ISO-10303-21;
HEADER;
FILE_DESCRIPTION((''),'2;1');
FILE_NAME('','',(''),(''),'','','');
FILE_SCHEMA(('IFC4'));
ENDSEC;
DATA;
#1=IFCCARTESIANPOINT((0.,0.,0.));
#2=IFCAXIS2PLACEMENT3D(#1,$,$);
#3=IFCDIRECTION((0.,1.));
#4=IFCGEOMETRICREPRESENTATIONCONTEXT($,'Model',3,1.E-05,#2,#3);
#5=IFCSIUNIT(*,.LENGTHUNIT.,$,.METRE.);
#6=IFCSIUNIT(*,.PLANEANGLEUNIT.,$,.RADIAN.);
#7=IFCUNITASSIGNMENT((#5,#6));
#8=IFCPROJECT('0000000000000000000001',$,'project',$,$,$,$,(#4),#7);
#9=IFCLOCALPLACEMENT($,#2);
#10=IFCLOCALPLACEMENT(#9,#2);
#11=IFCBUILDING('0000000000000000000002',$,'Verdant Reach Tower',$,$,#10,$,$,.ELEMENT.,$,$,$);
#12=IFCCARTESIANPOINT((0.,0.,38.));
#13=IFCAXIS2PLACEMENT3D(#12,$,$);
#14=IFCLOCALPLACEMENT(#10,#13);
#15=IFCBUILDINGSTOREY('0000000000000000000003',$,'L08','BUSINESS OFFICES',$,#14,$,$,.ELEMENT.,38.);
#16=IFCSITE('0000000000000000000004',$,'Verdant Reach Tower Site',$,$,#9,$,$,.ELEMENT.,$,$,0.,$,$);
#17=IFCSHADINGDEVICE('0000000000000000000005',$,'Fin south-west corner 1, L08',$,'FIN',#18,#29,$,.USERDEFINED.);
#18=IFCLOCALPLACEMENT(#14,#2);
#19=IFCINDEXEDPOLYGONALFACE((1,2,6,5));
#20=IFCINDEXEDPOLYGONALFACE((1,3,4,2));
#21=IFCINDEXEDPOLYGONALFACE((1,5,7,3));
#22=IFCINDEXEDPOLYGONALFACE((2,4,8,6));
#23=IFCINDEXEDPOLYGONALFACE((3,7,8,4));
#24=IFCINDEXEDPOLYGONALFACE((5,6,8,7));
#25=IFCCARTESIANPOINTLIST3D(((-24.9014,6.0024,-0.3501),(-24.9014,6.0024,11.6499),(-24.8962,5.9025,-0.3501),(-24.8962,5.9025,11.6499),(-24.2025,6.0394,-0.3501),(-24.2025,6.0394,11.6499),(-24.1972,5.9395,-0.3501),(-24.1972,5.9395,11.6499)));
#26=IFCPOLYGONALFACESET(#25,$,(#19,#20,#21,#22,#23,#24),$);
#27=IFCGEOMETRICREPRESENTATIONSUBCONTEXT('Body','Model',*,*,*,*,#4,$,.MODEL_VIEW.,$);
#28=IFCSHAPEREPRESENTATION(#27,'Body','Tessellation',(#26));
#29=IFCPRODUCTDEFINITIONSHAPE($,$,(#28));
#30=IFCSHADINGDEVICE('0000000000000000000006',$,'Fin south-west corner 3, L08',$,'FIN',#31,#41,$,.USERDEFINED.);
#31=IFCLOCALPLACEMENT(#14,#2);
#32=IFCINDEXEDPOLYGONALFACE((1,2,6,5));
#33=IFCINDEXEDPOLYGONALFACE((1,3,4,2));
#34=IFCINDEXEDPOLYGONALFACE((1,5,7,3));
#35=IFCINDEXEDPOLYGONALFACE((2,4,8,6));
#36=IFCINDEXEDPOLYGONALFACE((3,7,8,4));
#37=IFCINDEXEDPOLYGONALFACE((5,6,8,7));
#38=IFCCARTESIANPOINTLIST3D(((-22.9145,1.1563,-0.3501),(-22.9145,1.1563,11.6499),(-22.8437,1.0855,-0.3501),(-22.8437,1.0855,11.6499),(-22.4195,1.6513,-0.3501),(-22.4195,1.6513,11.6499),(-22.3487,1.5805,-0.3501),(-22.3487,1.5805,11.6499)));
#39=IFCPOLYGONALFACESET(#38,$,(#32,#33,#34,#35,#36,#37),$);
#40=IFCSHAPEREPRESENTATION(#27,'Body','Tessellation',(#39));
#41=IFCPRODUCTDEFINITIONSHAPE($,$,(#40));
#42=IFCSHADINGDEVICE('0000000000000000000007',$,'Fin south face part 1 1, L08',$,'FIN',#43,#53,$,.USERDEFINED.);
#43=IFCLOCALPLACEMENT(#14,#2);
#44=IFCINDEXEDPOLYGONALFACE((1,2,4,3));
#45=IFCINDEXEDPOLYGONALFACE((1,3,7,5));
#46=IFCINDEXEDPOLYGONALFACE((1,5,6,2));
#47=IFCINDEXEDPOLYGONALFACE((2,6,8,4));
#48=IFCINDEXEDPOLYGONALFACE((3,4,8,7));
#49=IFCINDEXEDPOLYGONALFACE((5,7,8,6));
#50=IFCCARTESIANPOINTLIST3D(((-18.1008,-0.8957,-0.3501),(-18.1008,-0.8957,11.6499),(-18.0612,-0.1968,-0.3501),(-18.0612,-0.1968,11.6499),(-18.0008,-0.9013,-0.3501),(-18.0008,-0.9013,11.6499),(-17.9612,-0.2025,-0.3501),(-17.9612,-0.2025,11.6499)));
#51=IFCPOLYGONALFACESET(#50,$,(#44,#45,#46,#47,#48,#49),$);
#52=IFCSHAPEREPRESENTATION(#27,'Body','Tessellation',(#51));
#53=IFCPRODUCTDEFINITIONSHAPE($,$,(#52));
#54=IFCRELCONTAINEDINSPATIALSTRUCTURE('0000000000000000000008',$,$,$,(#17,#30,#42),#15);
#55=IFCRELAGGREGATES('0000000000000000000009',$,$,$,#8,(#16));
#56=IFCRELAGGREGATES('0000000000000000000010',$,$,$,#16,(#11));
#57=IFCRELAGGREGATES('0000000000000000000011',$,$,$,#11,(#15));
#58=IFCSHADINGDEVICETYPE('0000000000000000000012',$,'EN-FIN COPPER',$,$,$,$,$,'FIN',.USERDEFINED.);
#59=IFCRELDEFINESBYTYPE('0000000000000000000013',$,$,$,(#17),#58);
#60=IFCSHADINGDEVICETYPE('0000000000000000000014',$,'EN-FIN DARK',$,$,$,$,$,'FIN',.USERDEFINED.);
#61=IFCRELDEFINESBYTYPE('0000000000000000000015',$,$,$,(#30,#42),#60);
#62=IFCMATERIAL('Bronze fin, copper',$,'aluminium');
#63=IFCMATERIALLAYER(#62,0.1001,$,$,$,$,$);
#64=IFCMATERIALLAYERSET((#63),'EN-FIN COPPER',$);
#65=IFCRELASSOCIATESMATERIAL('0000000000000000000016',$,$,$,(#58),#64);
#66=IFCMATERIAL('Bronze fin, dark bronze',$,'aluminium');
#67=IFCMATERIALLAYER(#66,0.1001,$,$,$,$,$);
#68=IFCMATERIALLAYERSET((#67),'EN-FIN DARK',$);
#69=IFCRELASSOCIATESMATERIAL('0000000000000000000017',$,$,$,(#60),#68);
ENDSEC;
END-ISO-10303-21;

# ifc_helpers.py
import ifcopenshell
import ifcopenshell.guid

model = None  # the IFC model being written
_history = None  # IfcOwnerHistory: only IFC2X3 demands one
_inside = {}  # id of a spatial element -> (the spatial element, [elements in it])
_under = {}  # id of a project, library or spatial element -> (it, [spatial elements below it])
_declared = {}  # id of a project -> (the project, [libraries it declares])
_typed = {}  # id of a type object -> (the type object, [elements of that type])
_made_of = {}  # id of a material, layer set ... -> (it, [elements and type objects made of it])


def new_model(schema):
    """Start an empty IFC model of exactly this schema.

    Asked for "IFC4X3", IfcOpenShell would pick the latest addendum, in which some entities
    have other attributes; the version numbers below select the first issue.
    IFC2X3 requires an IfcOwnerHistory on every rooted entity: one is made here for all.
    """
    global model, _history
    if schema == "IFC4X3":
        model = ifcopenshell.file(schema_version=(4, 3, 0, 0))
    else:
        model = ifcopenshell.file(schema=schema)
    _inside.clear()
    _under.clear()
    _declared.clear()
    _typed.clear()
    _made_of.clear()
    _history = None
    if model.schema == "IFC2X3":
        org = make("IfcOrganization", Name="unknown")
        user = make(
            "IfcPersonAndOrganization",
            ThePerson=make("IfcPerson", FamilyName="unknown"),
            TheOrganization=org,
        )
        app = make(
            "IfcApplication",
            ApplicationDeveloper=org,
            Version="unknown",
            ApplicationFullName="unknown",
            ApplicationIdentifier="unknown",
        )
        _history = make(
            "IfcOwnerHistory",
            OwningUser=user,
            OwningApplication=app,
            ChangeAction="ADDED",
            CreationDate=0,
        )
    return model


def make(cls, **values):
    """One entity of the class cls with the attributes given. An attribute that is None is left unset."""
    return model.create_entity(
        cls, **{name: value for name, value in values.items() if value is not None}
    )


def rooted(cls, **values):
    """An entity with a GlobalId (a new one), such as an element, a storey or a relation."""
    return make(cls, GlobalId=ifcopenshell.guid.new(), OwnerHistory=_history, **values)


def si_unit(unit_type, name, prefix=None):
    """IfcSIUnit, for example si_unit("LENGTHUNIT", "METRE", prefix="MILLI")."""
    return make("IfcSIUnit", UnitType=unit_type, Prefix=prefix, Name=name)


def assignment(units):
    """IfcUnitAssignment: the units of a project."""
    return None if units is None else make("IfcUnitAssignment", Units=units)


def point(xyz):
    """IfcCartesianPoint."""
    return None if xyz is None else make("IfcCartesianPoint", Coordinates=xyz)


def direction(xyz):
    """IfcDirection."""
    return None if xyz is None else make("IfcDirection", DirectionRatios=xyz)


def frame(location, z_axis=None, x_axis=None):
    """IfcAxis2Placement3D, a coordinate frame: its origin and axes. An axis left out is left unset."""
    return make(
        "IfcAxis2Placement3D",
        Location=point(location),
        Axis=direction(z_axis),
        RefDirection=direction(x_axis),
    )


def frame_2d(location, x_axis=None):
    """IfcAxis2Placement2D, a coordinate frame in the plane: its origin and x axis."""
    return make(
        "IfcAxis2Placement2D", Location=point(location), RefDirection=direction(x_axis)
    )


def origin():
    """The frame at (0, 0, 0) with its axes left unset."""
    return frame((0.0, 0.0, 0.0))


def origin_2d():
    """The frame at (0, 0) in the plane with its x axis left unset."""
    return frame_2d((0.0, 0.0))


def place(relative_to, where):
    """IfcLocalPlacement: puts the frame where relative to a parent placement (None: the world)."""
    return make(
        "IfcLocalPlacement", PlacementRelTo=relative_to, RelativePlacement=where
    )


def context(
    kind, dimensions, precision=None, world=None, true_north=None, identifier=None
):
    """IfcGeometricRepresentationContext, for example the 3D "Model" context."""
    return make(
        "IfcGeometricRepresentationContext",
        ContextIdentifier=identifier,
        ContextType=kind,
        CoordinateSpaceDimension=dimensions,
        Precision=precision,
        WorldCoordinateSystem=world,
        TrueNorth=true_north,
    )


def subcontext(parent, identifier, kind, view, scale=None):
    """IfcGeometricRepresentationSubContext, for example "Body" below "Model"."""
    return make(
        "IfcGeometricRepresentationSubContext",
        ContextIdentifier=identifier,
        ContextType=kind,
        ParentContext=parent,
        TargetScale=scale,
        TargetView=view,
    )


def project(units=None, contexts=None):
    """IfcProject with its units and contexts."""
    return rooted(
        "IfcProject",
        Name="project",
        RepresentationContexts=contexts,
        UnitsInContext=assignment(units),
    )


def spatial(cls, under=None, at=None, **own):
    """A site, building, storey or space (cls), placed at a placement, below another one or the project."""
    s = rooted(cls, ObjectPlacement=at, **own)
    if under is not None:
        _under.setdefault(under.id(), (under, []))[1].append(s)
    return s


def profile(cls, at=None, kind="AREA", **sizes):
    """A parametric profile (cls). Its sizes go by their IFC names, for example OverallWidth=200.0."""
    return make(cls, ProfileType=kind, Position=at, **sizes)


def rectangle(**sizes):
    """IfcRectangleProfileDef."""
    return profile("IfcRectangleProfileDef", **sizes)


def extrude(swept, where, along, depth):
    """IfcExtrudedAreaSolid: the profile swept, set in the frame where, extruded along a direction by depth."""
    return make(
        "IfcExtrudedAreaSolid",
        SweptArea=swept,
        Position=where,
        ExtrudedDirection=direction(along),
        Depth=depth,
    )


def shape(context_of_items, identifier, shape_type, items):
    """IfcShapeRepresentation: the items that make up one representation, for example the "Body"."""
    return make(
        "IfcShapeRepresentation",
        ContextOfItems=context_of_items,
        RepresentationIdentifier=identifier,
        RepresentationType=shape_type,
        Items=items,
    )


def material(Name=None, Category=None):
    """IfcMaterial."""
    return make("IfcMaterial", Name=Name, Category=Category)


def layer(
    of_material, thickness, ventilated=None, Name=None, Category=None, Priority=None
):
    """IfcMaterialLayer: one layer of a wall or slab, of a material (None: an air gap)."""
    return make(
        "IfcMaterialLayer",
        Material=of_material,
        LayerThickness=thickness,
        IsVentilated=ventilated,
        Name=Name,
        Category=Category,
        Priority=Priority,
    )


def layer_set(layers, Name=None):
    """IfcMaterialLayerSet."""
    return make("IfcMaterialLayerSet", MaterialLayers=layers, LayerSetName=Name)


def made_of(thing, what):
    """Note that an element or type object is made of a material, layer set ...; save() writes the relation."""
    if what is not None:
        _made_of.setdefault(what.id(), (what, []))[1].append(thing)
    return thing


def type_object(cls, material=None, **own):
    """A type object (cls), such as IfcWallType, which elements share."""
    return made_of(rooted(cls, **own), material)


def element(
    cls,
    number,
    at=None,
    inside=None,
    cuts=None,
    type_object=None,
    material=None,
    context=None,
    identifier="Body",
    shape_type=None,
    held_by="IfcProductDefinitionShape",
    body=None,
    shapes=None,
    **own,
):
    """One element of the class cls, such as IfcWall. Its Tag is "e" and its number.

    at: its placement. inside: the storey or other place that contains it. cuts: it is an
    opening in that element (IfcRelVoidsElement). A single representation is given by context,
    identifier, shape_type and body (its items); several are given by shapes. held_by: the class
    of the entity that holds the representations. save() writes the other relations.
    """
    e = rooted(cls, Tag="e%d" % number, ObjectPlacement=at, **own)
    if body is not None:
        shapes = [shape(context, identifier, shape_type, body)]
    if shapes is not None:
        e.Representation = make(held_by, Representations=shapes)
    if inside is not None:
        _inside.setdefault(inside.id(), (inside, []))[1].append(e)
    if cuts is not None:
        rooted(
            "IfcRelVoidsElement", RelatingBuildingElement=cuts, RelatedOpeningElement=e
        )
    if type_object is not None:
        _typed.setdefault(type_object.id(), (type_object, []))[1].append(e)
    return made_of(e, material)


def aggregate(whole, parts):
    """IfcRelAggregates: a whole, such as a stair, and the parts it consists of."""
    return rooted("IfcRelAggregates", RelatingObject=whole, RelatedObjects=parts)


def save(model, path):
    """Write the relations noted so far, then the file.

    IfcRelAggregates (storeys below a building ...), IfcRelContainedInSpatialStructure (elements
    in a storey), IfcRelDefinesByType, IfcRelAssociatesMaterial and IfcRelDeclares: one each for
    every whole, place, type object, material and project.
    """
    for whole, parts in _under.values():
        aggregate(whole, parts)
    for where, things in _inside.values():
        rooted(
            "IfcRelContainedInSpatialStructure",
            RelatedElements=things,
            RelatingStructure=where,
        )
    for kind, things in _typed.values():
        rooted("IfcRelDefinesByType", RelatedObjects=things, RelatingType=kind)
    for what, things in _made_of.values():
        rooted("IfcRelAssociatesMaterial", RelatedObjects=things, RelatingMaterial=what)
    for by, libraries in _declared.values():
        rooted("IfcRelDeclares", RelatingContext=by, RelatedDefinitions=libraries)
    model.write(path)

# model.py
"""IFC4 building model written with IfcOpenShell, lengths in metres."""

from ifc_helpers import new_model, si_unit, direction, frame, origin, origin_2d, place, context, subcontext, project, spatial, rectangle, extrude, material, layer, layer_set, type_object, element, save


model = new_model("IFC4")

# Units and contexts
model_context = context("Model", 3, precision=1e-05, world=origin(), true_north=direction((0.0, 1.0)))
body_context = subcontext(model_context, "Body", "Model", "MODEL_VIEW")
ifc_project = project(units=[si_unit("LENGTHUNIT", "METRE"), si_unit("PLANEANGLEUNIT", "RADIAN")], contexts=[model_context])

# Site, building, storey
site_placement = place(None, origin())
site = spatial("IfcSite", under=ifc_project, at=site_placement, Name="Verdant Reach Tower Site", CompositionType="ELEMENT", RefElevation=0.0)
building_placement = place(site_placement, origin())
building = spatial("IfcBuilding", under=site, at=building_placement, Name="Verdant Reach Tower", CompositionType="ELEMENT")
storey_placement = place(building_placement, frame((0.0, 0.0, 38.0)))
storey = spatial("IfcBuildingStorey", under=building, at=storey_placement, Name="L08", Description="BUSINESS OFFICES", CompositionType="ELEMENT", Elevation=38.0)

# Shading devices
ifc_material_1 = material(Name="Bronze fin, copper", Category="aluminium")
ifc_layer_1 = layer(ifc_material_1, 0.1001)
ifc_layer_set_1 = layer_set([ifc_layer_1], Name="EN-FIN COPPER")
shading_device_type_1 = type_object("IfcShadingDeviceType", Name="EN-FIN COPPER", ElementType="FIN", PredefinedType="USERDEFINED", material=ifc_layer_set_1)
shading_device_placement = place(storey_placement, frame((-24.5493, 5.9709, -0.3501), z_axis=(0.0, 0.0, 1.0), x_axis=(0.052815, -0.998604, 0.0)))
element("IfcShadingDevice", 1, at=shading_device_placement, inside=storey, type_object=shading_device_type_1, Name="Fin south-west corner 1, L08", ObjectType="FIN", PredefinedType="USERDEFINED", context=body_context, shape_type="SweptSolid", body=[
    extrude(rectangle(XDim=0.1001, YDim=0.7, at=origin_2d()), origin(), (0.0, 0.0, 1.0), 12.0),
])
ifc_material_2 = material(Name="Bronze fin, dark bronze", Category="aluminium")
ifc_layer_2 = layer(ifc_material_2, 0.1001)
ifc_layer_set_2 = layer_set([ifc_layer_2], Name="EN-FIN DARK")
shading_device_type_2 = type_object("IfcShadingDeviceType", Name="EN-FIN DARK", ElementType="FIN", PredefinedType="USERDEFINED", material=ifc_layer_set_2)
for number, where, z_axis, x_axis, name in (
    (2, (-22.6316, 1.3684, -0.3501), (0.0, 0.0, 1.0), (0.707107, -0.707107, 0.0), "Fin south-west corner 3, L08"),
    (3, (-18.031, -0.5491, -0.3501), (0.0, 0.0, 1.0), (0.998399, -0.056569, 0.0), "Fin south face part 1 1, L08"),
):
    element("IfcShadingDevice", number, at=place(storey_placement, frame(where, z_axis=z_axis, x_axis=x_axis)), inside=storey, type_object=shading_device_type_2, Name=name, ObjectType="FIN", PredefinedType="USERDEFINED", context=body_context, shape_type="SweptSolid", body=[
        extrude(rectangle(XDim=0.1001, YDim=0.7, at=origin_2d()), origin(), (0.0, 0.0, 1.0), 12.0),
    ])

save(model, "model.ifc")
